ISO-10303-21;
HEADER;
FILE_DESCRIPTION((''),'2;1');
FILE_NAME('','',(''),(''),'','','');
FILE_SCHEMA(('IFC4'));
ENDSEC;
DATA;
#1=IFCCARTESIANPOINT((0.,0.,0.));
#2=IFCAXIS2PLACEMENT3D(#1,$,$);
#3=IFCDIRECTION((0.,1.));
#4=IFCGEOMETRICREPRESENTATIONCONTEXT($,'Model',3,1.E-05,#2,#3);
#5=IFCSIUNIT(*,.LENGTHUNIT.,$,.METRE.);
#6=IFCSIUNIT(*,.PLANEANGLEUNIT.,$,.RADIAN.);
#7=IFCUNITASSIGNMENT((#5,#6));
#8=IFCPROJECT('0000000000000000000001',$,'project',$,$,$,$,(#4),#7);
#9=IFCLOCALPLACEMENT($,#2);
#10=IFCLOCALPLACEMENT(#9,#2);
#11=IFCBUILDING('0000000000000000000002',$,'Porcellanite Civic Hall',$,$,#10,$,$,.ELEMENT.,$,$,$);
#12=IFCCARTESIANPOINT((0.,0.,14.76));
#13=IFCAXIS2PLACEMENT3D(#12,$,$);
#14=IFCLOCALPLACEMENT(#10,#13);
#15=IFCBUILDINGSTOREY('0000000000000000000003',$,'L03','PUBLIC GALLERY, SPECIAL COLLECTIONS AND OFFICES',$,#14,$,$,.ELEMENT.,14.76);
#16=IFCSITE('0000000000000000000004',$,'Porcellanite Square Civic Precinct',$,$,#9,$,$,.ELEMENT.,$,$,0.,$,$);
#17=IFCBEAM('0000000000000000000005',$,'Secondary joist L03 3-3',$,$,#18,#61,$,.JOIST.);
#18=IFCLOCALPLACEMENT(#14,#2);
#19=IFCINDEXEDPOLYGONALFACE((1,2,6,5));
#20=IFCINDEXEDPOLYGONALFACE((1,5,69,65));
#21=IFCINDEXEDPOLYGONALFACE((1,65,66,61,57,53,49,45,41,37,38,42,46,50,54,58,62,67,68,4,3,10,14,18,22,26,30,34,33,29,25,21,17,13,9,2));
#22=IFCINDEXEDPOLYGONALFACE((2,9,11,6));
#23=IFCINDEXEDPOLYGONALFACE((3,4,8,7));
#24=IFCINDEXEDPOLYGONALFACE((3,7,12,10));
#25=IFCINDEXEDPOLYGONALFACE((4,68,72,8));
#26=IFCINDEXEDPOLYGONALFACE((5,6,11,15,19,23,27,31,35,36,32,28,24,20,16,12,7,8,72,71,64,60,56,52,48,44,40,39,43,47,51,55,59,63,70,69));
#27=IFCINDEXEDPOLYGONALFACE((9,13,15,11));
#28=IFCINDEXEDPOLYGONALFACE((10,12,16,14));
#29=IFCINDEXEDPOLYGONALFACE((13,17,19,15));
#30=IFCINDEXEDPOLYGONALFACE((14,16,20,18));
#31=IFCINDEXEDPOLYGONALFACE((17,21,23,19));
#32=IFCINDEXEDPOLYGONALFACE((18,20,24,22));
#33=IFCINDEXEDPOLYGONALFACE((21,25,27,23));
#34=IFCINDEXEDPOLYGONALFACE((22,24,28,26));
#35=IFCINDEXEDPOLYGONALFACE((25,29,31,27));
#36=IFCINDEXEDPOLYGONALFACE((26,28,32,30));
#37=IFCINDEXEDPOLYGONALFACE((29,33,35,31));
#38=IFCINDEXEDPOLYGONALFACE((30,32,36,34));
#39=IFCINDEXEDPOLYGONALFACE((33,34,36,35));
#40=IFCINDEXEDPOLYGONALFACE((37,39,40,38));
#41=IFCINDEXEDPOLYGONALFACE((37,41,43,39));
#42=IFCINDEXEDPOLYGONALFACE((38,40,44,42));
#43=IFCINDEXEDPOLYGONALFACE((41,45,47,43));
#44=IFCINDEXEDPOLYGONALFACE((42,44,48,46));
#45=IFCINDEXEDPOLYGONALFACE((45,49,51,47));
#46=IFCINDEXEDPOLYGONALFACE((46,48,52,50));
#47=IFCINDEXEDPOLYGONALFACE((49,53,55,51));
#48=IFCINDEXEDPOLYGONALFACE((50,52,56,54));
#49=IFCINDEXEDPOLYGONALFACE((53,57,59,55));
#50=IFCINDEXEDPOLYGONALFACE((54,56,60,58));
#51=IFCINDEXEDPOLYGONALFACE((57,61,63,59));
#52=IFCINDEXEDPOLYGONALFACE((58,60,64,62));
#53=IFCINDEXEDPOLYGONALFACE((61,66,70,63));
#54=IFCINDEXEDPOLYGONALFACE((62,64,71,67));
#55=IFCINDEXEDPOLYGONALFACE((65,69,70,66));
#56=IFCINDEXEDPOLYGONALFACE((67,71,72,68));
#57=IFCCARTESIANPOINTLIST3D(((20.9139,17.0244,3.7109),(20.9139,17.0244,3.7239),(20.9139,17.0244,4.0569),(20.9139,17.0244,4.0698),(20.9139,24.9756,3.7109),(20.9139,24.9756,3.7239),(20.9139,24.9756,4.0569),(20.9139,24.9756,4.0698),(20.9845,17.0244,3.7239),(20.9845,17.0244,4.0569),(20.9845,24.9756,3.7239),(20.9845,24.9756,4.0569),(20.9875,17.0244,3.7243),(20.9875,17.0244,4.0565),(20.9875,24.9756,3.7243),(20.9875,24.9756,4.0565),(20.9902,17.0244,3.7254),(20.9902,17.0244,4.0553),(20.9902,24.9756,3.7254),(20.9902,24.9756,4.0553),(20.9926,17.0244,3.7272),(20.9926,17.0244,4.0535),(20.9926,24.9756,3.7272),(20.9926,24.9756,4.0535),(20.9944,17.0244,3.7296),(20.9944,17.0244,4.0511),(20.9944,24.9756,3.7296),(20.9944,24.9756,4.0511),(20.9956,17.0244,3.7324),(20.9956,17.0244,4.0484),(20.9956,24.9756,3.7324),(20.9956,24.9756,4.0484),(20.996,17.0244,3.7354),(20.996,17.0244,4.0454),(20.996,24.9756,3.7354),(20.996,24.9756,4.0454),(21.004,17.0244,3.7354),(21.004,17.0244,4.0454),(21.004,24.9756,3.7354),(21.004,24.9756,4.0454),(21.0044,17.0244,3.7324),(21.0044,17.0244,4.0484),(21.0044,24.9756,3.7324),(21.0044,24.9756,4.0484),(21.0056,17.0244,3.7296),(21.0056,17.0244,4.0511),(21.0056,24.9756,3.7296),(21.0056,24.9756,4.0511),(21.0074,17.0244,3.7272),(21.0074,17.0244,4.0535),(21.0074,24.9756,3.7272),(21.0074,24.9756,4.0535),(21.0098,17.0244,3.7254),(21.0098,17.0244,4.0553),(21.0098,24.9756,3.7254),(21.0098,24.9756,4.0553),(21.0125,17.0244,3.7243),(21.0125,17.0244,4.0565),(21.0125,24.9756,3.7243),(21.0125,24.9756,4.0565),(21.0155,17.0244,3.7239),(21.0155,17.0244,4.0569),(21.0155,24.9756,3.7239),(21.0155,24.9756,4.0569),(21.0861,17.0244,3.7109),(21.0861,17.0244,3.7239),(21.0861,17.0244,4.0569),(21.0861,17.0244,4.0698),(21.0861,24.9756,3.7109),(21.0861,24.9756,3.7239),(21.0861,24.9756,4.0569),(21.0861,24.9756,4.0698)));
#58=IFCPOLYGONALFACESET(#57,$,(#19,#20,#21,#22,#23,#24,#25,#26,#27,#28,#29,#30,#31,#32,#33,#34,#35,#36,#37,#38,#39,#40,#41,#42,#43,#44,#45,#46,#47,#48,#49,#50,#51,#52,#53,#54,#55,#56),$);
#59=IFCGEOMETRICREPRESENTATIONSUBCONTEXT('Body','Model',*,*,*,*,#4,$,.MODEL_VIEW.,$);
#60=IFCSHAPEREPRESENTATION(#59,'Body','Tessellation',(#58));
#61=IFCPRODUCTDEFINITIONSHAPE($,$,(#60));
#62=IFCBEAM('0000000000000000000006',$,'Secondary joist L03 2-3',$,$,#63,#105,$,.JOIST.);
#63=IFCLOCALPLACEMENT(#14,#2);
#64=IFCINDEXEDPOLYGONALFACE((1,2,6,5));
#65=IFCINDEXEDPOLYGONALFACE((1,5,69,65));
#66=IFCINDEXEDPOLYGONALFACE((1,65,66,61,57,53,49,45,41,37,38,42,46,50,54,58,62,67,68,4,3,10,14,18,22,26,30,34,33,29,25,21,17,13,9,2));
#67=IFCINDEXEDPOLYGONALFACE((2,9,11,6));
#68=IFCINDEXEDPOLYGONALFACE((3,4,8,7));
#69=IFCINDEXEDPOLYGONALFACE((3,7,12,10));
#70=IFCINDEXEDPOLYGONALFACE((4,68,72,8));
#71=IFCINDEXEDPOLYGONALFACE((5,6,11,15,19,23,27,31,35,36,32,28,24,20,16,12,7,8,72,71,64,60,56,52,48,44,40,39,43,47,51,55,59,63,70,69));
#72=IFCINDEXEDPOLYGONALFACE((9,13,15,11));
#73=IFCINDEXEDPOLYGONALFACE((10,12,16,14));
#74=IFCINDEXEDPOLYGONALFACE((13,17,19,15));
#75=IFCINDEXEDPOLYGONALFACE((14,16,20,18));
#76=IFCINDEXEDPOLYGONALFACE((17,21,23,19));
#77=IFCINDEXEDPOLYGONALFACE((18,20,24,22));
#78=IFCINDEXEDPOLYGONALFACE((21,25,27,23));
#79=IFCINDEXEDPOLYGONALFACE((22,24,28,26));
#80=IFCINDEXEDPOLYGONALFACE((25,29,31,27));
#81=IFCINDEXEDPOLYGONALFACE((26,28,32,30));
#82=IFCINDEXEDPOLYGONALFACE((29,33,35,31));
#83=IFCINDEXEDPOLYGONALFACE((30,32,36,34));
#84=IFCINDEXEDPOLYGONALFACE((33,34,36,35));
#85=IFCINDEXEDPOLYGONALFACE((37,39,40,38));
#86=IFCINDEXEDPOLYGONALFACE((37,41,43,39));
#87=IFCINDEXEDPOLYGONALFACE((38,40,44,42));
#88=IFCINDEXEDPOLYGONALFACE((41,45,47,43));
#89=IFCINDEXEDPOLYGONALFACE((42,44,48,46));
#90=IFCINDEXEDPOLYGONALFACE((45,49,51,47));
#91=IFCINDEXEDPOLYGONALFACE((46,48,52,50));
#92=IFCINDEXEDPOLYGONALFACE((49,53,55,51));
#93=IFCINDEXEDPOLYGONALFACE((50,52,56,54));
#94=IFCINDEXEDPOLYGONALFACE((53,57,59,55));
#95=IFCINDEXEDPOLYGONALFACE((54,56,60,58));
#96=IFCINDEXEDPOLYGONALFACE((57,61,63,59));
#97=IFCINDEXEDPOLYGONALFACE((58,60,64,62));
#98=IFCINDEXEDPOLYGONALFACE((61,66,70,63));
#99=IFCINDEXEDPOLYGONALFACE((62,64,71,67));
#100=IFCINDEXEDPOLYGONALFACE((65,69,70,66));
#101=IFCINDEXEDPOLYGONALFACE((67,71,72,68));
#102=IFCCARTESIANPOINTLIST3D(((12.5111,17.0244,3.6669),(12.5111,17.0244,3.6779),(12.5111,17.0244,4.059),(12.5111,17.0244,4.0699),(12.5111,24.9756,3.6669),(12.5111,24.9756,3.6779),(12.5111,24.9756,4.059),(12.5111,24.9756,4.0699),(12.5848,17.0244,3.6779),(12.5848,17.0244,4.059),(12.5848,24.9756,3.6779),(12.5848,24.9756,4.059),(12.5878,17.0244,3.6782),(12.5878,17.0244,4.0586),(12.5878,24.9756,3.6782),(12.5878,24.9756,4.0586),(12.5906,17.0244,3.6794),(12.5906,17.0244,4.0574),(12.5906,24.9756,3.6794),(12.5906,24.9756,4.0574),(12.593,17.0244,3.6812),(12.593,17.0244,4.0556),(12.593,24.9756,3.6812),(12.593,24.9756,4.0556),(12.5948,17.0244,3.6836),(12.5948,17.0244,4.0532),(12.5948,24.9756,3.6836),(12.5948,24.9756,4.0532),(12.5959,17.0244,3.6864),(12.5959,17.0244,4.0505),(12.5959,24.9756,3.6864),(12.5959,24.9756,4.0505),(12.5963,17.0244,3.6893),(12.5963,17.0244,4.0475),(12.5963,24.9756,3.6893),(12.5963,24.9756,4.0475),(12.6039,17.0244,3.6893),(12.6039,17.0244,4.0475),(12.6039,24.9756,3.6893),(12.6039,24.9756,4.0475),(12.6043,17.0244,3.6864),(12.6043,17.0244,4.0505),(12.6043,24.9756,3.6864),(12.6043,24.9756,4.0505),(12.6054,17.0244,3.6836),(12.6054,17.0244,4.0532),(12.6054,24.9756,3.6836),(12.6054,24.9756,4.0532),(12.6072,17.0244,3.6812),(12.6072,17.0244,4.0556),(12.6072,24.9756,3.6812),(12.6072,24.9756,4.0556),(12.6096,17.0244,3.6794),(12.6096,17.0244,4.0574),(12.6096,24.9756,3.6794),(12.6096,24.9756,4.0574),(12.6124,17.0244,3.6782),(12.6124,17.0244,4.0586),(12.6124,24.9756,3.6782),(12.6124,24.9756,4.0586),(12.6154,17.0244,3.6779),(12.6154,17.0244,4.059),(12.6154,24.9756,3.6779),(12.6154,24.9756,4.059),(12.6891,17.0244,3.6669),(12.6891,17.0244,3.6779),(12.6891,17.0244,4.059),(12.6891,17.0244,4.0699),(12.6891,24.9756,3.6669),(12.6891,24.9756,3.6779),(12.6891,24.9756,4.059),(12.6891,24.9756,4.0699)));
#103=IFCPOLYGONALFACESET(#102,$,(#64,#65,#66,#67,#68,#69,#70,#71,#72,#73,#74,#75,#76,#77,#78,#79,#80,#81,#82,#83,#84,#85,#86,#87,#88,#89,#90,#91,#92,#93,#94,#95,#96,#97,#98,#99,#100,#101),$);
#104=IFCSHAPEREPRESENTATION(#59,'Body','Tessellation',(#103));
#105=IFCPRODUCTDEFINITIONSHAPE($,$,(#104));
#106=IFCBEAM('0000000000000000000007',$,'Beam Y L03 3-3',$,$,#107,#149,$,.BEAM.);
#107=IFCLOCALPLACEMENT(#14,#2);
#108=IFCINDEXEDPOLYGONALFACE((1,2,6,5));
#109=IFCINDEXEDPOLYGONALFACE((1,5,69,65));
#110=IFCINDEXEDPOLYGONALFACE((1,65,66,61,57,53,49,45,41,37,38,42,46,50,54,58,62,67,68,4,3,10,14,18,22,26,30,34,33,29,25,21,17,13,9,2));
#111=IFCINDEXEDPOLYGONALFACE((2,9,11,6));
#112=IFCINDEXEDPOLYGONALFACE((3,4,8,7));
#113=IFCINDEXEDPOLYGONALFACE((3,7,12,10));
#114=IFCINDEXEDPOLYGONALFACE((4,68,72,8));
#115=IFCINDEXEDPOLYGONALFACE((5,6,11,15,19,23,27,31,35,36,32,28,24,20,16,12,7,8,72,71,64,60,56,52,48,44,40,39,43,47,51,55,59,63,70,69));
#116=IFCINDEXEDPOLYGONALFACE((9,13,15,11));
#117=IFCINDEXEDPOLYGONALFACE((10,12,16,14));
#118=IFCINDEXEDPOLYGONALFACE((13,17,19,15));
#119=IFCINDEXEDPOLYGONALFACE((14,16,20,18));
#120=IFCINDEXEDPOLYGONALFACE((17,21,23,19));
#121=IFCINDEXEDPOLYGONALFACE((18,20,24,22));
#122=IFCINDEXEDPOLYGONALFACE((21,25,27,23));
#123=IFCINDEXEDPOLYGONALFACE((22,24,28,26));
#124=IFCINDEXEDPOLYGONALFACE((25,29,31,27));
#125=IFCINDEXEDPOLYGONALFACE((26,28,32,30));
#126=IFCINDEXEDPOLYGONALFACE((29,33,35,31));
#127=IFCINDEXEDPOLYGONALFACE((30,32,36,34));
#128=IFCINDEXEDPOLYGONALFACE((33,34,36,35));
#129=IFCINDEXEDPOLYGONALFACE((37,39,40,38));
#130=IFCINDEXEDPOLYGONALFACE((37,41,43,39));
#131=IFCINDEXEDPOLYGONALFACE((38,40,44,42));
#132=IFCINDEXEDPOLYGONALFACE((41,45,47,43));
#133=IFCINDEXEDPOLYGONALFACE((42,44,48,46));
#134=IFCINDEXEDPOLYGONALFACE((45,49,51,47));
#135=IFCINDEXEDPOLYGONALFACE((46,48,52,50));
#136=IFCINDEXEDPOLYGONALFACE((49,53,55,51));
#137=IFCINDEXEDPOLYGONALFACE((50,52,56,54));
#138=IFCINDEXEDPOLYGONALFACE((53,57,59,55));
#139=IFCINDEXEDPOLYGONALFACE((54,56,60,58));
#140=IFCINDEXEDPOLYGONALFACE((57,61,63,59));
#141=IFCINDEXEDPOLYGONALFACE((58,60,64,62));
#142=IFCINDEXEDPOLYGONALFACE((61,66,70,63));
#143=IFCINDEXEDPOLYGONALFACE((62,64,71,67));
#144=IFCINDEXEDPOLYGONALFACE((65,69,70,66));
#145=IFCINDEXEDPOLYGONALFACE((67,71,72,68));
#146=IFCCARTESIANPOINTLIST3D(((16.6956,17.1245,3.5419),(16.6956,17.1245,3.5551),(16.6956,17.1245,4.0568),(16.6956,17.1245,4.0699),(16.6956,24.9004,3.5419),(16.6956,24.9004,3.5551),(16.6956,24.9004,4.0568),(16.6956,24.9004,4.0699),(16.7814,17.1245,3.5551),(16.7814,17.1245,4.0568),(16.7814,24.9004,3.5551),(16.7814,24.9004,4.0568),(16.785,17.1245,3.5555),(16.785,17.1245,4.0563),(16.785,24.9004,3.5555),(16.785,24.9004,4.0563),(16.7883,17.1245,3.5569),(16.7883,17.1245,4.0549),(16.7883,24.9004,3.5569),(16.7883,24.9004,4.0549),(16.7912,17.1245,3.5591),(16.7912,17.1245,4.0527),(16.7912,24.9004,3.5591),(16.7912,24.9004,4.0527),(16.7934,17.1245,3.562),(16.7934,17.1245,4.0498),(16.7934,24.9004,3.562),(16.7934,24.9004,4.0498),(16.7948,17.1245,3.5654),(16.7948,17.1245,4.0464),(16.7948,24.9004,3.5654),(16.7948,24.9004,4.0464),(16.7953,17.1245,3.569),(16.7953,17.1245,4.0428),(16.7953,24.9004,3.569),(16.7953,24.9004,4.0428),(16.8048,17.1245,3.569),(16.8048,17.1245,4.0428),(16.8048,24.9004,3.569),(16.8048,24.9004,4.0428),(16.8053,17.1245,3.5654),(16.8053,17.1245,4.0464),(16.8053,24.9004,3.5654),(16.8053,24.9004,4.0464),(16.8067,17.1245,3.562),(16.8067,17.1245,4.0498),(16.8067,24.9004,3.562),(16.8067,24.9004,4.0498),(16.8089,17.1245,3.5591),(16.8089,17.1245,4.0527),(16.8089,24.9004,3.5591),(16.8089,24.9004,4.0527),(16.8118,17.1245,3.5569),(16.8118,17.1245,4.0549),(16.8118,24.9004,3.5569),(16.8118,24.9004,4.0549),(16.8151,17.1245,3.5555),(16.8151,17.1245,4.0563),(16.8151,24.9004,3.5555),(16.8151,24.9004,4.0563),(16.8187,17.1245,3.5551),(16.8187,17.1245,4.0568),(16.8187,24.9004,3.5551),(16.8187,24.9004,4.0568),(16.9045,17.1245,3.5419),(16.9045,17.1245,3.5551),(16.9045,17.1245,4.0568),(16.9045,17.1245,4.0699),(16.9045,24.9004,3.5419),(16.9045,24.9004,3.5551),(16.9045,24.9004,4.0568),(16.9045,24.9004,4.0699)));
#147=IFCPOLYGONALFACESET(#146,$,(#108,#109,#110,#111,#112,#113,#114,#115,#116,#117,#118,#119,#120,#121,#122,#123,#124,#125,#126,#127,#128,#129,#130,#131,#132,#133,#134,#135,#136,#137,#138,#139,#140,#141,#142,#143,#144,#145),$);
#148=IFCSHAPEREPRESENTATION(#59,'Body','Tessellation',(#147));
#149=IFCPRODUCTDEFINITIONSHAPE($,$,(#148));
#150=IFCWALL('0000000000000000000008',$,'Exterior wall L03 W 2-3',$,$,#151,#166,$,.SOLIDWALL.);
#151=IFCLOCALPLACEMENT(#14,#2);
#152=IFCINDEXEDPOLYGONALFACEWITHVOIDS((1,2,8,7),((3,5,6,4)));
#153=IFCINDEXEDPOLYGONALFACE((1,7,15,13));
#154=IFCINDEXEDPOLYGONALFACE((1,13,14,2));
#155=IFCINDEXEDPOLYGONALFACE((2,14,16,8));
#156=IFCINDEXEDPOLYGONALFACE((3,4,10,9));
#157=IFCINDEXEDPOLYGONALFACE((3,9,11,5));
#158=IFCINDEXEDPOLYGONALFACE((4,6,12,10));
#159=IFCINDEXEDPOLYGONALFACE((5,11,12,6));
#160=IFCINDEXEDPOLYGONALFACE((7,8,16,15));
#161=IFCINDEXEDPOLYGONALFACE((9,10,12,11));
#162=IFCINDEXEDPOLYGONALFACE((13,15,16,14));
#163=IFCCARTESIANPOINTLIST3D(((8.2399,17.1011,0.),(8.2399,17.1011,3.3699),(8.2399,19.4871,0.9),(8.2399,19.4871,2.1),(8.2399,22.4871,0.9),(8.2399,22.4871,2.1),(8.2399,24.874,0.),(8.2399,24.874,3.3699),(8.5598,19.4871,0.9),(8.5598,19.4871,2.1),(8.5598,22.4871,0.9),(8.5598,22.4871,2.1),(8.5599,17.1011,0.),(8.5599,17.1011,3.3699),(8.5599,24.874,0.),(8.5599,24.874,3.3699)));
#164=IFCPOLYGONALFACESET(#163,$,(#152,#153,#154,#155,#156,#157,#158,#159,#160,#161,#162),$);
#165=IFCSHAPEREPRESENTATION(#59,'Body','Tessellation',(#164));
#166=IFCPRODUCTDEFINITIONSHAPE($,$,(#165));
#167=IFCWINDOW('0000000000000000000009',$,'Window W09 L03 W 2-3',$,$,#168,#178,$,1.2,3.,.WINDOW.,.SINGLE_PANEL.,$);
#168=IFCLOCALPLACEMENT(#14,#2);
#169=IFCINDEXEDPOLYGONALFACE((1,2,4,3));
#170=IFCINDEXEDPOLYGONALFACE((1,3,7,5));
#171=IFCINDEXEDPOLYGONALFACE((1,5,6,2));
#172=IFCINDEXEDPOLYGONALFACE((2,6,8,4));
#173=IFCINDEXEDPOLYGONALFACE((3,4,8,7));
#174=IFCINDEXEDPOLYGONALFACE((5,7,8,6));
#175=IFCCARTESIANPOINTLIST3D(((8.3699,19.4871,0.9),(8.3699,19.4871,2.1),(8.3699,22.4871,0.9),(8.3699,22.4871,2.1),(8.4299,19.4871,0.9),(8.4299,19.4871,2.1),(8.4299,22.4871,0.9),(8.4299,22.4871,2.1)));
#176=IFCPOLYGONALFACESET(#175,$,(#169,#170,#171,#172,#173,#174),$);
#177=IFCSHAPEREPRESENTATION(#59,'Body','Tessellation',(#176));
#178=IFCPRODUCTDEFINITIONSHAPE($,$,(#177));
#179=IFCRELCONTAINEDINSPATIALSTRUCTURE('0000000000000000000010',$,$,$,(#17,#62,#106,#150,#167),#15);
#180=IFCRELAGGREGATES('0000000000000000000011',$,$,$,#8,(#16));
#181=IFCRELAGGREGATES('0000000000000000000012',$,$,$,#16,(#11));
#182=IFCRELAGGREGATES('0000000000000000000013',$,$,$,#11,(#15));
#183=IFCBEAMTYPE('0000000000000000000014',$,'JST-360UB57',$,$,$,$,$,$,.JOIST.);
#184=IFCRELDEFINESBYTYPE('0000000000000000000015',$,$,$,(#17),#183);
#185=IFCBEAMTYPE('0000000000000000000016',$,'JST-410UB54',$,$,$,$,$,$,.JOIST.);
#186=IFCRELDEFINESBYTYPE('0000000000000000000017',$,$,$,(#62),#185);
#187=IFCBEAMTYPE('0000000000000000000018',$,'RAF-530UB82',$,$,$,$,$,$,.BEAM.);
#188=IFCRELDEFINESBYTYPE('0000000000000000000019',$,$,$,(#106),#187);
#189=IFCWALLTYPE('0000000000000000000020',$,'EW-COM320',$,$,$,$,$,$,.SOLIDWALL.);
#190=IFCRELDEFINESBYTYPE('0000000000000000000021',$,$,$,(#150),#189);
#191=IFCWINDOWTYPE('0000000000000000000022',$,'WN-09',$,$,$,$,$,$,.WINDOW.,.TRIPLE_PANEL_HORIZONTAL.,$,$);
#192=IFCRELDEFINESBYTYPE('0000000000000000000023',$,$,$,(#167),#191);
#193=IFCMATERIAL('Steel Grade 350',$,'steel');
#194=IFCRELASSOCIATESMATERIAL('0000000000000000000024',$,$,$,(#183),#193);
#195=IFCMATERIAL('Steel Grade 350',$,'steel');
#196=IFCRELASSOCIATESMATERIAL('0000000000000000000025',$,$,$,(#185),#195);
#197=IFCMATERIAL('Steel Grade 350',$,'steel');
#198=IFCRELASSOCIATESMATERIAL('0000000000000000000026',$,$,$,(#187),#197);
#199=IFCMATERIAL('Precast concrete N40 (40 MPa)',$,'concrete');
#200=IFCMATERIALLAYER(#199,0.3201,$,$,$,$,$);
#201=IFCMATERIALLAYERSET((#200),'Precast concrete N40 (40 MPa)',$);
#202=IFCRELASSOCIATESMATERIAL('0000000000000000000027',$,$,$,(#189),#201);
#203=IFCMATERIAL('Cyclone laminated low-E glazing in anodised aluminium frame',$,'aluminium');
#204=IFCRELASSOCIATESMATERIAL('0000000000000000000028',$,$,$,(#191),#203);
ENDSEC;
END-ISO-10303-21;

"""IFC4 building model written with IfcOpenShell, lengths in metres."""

from ifc_helpers import new_model, si_unit, direction, frame, frame_2d, origin, origin_2d, place, context, subcontext, project, spatial, rectangle, i_section, extrude, material, layer, layer_set, material_profile, profile_set, type_object, element, fill, save


model = new_model("IFC4")

# Units and contexts
model_context = context("Model", 3, precision=1e-05, world=origin(), true_north=direction((0.0, 1.0)))
body_context = subcontext(model_context, "Body", "Model", "MODEL_VIEW")
ifc_project = project(units=[si_unit("LENGTHUNIT", "METRE"), si_unit("PLANEANGLEUNIT", "RADIAN")], contexts=[model_context])

# Site, building, storey
site_placement = place(None, origin())
site = spatial("IfcSite", under=ifc_project, at=site_placement, Name="Porcellanite Square Civic Precinct", CompositionType="ELEMENT", RefElevation=0.0)
building_placement = place(site_placement, origin())
building = spatial("IfcBuilding", under=site, at=building_placement, Name="Porcellanite Civic Hall", CompositionType="ELEMENT")
storey_placement = place(building_placement, frame((0.0, 0.0, 14.76)))
storey = spatial("IfcBuildingStorey", under=building, at=storey_placement, Name="L03", Description="PUBLIC GALLERY, SPECIAL COLLECTIONS AND OFFICES", CompositionType="ELEMENT", Elevation=14.76)

# Beams
ifc_material_1 = material(Name="Steel Grade 350", Category="steel")
ifc_material_profile_1 = material_profile(ifc_material_1, i_section(OverallWidth=0.1721, OverallDepth=0.3589, WebThickness=0.0081, FlangeThickness=0.0129, FilletRadius=0.0115, at=origin_2d()), Name="360UB56.7")
ifc_profile_set_1 = profile_set([ifc_material_profile_1], Name="Steel Grade 350")
beam_type_1 = type_object("IfcBeamType", Name="JST-360UB57", PredefinedType="JOIST", material=ifc_profile_set_1)
beam_1_placement = place(storey_placement, frame((21.0, 17.0244, 3.8904), z_axis=(0.0, 1.0, 0.0), x_axis=(-1.0, 0.0, 0.0)))
element("IfcBeam", 1, at=beam_1_placement, inside=storey, type_object=beam_type_1, Name="Secondary joist L03 3-3", PredefinedType="JOIST", context=body_context, shape_type="SweptSolid", body=[
    extrude(i_section(OverallWidth=0.1721, OverallDepth=0.3589, WebThickness=0.0081, FlangeThickness=0.0129, FilletRadius=0.0115, at=origin_2d()), origin(), (0.0, 0.0, 1.0), 7.9512),
])
ifc_material_2 = material(Name="Steel Grade 350", Category="steel")
ifc_material_profile_2 = material_profile(ifc_material_2, i_section(OverallWidth=0.178, OverallDepth=0.4031, WebThickness=0.0076, FlangeThickness=0.011, FilletRadius=0.0115, at=origin_2d()), Name="410UB53.7")
ifc_profile_set_2 = profile_set([ifc_material_profile_2], Name="Steel Grade 350")
beam_type_2 = type_object("IfcBeamType", Name="JST-410UB54", PredefinedType="JOIST", material=ifc_profile_set_2)
beam_2_placement = place(storey_placement, frame((12.6001, 17.0244, 3.8684), z_axis=(0.0, 1.0, 0.0), x_axis=(-1.0, 0.0, 0.0)))
element("IfcBeam", 2, at=beam_2_placement, inside=storey, type_object=beam_type_2, Name="Secondary joist L03 2-3", PredefinedType="JOIST", context=body_context, shape_type="SweptSolid", body=[
    extrude(i_section(OverallWidth=0.178, OverallDepth=0.4031, WebThickness=0.0076, FlangeThickness=0.011, FilletRadius=0.0115, at=origin_2d()), origin(), (0.0, 0.0, 1.0), 7.9512),
])
ifc_material_3 = material(Name="Steel Grade 350", Category="steel")
ifc_material_profile_3 = material_profile(ifc_material_3, i_section(OverallWidth=0.209, OverallDepth=0.5281, WebThickness=0.0095, FlangeThickness=0.0132, FilletRadius=0.0139, at=origin_2d()), Name="530UB82.0")
ifc_profile_set_3 = profile_set([ifc_material_profile_3], Name="Steel Grade 350")
beam_type_3 = type_object("IfcBeamType", Name="RAF-530UB82", PredefinedType="BEAM", material=ifc_profile_set_3)
beam_3_placement = place(storey_placement, frame((16.8, 17.1245, 3.8059), z_axis=(0.0, 1.0, 0.0), x_axis=(-1.0, 0.0, 0.0)))
element("IfcBeam", 3, at=beam_3_placement, inside=storey, type_object=beam_type_3, Name="Beam Y L03 3-3", PredefinedType="BEAM", context=body_context, shape_type="SweptSolid", body=[
    extrude(i_section(OverallWidth=0.209, OverallDepth=0.5281, WebThickness=0.0095, FlangeThickness=0.0132, FilletRadius=0.0139, at=origin_2d()), origin(), (0.0, 0.0, 1.0), 7.7759),
])

# Shared definitions
ifc_material_4 = material(Name="Precast concrete N40 (40 MPa)", Category="concrete")
ifc_layer_1 = layer(ifc_material_4, 0.3201)
ifc_layer_set_1 = layer_set([ifc_layer_1], Name="Precast concrete N40 (40 MPa)")
wall_type_1 = type_object("IfcWallType", Name="EW-COM320", PredefinedType="SOLIDWALL", material=ifc_layer_set_1)

# Wall, opening, window
wall_1_placement = place(storey_placement, frame((8.3999, 17.1011, 0.0), z_axis=(0.0, 0.0, 1.0), x_axis=(0.0, 1.0, 0.0)))
wall_1 = element("IfcWall", 4, at=wall_1_placement, inside=storey, type_object=wall_type_1, Name="Exterior wall L03 W 2-3", PredefinedType="SOLIDWALL", context=body_context, shape_type="SweptSolid", body=[
    extrude(rectangle(XDim=7.7729, YDim=0.3201, at=frame_2d((3.8865, 0.0))), origin(), (0.0, 0.0, 1.0), 3.3699),
])
opening_1_placement = place(wall_1_placement, frame((2.386, 0.0, 0.8999)))
opening_1 = element("IfcOpeningElement", 5, at=opening_1_placement, cuts=wall_1, PredefinedType="OPENING", context=body_context, shape_type="SweptSolid", body=[
    extrude(rectangle(XDim=3.0, YDim=1.2, at=frame_2d((1.5, 0.6001))), frame((0.0, 0.1602, 0.0), z_axis=(0.0, -1.0, 0.0), x_axis=(1.0, 0.0, 0.0)), (0.0, 0.0, 1.0), 0.3201),
])
ifc_material_5 = material(Name="Cyclone laminated low-E glazing in anodised aluminium frame", Category="aluminium")
window_type_1 = type_object("IfcWindowType", Name="WN-09", PartitioningType="TRIPLE_PANEL_HORIZONTAL", PredefinedType="WINDOW", material=ifc_material_5)
window_1_placement = place(opening_1_placement, origin())
window_1 = element("IfcWindow", 6, at=window_1_placement, inside=storey, type_object=window_type_1, Name="Window W09 L03 W 2-3", OverallHeight=1.2, OverallWidth=3.0, PartitioningType="SINGLE_PANEL", PredefinedType="WINDOW", context=body_context, shape_type="SweptSolid", body=[
    extrude(rectangle(XDim=3.0, YDim=1.2, at=frame_2d((1.5, 0.6001))), frame((0.0, 0.03, 0.0), z_axis=(0.0, -1.0, 0.0), x_axis=(1.0, 0.0, 0.0)), (0.0, 0.0, 1.0), 0.0601),
])
fill(opening_1, window_1)

save(model, "model.ifc")
